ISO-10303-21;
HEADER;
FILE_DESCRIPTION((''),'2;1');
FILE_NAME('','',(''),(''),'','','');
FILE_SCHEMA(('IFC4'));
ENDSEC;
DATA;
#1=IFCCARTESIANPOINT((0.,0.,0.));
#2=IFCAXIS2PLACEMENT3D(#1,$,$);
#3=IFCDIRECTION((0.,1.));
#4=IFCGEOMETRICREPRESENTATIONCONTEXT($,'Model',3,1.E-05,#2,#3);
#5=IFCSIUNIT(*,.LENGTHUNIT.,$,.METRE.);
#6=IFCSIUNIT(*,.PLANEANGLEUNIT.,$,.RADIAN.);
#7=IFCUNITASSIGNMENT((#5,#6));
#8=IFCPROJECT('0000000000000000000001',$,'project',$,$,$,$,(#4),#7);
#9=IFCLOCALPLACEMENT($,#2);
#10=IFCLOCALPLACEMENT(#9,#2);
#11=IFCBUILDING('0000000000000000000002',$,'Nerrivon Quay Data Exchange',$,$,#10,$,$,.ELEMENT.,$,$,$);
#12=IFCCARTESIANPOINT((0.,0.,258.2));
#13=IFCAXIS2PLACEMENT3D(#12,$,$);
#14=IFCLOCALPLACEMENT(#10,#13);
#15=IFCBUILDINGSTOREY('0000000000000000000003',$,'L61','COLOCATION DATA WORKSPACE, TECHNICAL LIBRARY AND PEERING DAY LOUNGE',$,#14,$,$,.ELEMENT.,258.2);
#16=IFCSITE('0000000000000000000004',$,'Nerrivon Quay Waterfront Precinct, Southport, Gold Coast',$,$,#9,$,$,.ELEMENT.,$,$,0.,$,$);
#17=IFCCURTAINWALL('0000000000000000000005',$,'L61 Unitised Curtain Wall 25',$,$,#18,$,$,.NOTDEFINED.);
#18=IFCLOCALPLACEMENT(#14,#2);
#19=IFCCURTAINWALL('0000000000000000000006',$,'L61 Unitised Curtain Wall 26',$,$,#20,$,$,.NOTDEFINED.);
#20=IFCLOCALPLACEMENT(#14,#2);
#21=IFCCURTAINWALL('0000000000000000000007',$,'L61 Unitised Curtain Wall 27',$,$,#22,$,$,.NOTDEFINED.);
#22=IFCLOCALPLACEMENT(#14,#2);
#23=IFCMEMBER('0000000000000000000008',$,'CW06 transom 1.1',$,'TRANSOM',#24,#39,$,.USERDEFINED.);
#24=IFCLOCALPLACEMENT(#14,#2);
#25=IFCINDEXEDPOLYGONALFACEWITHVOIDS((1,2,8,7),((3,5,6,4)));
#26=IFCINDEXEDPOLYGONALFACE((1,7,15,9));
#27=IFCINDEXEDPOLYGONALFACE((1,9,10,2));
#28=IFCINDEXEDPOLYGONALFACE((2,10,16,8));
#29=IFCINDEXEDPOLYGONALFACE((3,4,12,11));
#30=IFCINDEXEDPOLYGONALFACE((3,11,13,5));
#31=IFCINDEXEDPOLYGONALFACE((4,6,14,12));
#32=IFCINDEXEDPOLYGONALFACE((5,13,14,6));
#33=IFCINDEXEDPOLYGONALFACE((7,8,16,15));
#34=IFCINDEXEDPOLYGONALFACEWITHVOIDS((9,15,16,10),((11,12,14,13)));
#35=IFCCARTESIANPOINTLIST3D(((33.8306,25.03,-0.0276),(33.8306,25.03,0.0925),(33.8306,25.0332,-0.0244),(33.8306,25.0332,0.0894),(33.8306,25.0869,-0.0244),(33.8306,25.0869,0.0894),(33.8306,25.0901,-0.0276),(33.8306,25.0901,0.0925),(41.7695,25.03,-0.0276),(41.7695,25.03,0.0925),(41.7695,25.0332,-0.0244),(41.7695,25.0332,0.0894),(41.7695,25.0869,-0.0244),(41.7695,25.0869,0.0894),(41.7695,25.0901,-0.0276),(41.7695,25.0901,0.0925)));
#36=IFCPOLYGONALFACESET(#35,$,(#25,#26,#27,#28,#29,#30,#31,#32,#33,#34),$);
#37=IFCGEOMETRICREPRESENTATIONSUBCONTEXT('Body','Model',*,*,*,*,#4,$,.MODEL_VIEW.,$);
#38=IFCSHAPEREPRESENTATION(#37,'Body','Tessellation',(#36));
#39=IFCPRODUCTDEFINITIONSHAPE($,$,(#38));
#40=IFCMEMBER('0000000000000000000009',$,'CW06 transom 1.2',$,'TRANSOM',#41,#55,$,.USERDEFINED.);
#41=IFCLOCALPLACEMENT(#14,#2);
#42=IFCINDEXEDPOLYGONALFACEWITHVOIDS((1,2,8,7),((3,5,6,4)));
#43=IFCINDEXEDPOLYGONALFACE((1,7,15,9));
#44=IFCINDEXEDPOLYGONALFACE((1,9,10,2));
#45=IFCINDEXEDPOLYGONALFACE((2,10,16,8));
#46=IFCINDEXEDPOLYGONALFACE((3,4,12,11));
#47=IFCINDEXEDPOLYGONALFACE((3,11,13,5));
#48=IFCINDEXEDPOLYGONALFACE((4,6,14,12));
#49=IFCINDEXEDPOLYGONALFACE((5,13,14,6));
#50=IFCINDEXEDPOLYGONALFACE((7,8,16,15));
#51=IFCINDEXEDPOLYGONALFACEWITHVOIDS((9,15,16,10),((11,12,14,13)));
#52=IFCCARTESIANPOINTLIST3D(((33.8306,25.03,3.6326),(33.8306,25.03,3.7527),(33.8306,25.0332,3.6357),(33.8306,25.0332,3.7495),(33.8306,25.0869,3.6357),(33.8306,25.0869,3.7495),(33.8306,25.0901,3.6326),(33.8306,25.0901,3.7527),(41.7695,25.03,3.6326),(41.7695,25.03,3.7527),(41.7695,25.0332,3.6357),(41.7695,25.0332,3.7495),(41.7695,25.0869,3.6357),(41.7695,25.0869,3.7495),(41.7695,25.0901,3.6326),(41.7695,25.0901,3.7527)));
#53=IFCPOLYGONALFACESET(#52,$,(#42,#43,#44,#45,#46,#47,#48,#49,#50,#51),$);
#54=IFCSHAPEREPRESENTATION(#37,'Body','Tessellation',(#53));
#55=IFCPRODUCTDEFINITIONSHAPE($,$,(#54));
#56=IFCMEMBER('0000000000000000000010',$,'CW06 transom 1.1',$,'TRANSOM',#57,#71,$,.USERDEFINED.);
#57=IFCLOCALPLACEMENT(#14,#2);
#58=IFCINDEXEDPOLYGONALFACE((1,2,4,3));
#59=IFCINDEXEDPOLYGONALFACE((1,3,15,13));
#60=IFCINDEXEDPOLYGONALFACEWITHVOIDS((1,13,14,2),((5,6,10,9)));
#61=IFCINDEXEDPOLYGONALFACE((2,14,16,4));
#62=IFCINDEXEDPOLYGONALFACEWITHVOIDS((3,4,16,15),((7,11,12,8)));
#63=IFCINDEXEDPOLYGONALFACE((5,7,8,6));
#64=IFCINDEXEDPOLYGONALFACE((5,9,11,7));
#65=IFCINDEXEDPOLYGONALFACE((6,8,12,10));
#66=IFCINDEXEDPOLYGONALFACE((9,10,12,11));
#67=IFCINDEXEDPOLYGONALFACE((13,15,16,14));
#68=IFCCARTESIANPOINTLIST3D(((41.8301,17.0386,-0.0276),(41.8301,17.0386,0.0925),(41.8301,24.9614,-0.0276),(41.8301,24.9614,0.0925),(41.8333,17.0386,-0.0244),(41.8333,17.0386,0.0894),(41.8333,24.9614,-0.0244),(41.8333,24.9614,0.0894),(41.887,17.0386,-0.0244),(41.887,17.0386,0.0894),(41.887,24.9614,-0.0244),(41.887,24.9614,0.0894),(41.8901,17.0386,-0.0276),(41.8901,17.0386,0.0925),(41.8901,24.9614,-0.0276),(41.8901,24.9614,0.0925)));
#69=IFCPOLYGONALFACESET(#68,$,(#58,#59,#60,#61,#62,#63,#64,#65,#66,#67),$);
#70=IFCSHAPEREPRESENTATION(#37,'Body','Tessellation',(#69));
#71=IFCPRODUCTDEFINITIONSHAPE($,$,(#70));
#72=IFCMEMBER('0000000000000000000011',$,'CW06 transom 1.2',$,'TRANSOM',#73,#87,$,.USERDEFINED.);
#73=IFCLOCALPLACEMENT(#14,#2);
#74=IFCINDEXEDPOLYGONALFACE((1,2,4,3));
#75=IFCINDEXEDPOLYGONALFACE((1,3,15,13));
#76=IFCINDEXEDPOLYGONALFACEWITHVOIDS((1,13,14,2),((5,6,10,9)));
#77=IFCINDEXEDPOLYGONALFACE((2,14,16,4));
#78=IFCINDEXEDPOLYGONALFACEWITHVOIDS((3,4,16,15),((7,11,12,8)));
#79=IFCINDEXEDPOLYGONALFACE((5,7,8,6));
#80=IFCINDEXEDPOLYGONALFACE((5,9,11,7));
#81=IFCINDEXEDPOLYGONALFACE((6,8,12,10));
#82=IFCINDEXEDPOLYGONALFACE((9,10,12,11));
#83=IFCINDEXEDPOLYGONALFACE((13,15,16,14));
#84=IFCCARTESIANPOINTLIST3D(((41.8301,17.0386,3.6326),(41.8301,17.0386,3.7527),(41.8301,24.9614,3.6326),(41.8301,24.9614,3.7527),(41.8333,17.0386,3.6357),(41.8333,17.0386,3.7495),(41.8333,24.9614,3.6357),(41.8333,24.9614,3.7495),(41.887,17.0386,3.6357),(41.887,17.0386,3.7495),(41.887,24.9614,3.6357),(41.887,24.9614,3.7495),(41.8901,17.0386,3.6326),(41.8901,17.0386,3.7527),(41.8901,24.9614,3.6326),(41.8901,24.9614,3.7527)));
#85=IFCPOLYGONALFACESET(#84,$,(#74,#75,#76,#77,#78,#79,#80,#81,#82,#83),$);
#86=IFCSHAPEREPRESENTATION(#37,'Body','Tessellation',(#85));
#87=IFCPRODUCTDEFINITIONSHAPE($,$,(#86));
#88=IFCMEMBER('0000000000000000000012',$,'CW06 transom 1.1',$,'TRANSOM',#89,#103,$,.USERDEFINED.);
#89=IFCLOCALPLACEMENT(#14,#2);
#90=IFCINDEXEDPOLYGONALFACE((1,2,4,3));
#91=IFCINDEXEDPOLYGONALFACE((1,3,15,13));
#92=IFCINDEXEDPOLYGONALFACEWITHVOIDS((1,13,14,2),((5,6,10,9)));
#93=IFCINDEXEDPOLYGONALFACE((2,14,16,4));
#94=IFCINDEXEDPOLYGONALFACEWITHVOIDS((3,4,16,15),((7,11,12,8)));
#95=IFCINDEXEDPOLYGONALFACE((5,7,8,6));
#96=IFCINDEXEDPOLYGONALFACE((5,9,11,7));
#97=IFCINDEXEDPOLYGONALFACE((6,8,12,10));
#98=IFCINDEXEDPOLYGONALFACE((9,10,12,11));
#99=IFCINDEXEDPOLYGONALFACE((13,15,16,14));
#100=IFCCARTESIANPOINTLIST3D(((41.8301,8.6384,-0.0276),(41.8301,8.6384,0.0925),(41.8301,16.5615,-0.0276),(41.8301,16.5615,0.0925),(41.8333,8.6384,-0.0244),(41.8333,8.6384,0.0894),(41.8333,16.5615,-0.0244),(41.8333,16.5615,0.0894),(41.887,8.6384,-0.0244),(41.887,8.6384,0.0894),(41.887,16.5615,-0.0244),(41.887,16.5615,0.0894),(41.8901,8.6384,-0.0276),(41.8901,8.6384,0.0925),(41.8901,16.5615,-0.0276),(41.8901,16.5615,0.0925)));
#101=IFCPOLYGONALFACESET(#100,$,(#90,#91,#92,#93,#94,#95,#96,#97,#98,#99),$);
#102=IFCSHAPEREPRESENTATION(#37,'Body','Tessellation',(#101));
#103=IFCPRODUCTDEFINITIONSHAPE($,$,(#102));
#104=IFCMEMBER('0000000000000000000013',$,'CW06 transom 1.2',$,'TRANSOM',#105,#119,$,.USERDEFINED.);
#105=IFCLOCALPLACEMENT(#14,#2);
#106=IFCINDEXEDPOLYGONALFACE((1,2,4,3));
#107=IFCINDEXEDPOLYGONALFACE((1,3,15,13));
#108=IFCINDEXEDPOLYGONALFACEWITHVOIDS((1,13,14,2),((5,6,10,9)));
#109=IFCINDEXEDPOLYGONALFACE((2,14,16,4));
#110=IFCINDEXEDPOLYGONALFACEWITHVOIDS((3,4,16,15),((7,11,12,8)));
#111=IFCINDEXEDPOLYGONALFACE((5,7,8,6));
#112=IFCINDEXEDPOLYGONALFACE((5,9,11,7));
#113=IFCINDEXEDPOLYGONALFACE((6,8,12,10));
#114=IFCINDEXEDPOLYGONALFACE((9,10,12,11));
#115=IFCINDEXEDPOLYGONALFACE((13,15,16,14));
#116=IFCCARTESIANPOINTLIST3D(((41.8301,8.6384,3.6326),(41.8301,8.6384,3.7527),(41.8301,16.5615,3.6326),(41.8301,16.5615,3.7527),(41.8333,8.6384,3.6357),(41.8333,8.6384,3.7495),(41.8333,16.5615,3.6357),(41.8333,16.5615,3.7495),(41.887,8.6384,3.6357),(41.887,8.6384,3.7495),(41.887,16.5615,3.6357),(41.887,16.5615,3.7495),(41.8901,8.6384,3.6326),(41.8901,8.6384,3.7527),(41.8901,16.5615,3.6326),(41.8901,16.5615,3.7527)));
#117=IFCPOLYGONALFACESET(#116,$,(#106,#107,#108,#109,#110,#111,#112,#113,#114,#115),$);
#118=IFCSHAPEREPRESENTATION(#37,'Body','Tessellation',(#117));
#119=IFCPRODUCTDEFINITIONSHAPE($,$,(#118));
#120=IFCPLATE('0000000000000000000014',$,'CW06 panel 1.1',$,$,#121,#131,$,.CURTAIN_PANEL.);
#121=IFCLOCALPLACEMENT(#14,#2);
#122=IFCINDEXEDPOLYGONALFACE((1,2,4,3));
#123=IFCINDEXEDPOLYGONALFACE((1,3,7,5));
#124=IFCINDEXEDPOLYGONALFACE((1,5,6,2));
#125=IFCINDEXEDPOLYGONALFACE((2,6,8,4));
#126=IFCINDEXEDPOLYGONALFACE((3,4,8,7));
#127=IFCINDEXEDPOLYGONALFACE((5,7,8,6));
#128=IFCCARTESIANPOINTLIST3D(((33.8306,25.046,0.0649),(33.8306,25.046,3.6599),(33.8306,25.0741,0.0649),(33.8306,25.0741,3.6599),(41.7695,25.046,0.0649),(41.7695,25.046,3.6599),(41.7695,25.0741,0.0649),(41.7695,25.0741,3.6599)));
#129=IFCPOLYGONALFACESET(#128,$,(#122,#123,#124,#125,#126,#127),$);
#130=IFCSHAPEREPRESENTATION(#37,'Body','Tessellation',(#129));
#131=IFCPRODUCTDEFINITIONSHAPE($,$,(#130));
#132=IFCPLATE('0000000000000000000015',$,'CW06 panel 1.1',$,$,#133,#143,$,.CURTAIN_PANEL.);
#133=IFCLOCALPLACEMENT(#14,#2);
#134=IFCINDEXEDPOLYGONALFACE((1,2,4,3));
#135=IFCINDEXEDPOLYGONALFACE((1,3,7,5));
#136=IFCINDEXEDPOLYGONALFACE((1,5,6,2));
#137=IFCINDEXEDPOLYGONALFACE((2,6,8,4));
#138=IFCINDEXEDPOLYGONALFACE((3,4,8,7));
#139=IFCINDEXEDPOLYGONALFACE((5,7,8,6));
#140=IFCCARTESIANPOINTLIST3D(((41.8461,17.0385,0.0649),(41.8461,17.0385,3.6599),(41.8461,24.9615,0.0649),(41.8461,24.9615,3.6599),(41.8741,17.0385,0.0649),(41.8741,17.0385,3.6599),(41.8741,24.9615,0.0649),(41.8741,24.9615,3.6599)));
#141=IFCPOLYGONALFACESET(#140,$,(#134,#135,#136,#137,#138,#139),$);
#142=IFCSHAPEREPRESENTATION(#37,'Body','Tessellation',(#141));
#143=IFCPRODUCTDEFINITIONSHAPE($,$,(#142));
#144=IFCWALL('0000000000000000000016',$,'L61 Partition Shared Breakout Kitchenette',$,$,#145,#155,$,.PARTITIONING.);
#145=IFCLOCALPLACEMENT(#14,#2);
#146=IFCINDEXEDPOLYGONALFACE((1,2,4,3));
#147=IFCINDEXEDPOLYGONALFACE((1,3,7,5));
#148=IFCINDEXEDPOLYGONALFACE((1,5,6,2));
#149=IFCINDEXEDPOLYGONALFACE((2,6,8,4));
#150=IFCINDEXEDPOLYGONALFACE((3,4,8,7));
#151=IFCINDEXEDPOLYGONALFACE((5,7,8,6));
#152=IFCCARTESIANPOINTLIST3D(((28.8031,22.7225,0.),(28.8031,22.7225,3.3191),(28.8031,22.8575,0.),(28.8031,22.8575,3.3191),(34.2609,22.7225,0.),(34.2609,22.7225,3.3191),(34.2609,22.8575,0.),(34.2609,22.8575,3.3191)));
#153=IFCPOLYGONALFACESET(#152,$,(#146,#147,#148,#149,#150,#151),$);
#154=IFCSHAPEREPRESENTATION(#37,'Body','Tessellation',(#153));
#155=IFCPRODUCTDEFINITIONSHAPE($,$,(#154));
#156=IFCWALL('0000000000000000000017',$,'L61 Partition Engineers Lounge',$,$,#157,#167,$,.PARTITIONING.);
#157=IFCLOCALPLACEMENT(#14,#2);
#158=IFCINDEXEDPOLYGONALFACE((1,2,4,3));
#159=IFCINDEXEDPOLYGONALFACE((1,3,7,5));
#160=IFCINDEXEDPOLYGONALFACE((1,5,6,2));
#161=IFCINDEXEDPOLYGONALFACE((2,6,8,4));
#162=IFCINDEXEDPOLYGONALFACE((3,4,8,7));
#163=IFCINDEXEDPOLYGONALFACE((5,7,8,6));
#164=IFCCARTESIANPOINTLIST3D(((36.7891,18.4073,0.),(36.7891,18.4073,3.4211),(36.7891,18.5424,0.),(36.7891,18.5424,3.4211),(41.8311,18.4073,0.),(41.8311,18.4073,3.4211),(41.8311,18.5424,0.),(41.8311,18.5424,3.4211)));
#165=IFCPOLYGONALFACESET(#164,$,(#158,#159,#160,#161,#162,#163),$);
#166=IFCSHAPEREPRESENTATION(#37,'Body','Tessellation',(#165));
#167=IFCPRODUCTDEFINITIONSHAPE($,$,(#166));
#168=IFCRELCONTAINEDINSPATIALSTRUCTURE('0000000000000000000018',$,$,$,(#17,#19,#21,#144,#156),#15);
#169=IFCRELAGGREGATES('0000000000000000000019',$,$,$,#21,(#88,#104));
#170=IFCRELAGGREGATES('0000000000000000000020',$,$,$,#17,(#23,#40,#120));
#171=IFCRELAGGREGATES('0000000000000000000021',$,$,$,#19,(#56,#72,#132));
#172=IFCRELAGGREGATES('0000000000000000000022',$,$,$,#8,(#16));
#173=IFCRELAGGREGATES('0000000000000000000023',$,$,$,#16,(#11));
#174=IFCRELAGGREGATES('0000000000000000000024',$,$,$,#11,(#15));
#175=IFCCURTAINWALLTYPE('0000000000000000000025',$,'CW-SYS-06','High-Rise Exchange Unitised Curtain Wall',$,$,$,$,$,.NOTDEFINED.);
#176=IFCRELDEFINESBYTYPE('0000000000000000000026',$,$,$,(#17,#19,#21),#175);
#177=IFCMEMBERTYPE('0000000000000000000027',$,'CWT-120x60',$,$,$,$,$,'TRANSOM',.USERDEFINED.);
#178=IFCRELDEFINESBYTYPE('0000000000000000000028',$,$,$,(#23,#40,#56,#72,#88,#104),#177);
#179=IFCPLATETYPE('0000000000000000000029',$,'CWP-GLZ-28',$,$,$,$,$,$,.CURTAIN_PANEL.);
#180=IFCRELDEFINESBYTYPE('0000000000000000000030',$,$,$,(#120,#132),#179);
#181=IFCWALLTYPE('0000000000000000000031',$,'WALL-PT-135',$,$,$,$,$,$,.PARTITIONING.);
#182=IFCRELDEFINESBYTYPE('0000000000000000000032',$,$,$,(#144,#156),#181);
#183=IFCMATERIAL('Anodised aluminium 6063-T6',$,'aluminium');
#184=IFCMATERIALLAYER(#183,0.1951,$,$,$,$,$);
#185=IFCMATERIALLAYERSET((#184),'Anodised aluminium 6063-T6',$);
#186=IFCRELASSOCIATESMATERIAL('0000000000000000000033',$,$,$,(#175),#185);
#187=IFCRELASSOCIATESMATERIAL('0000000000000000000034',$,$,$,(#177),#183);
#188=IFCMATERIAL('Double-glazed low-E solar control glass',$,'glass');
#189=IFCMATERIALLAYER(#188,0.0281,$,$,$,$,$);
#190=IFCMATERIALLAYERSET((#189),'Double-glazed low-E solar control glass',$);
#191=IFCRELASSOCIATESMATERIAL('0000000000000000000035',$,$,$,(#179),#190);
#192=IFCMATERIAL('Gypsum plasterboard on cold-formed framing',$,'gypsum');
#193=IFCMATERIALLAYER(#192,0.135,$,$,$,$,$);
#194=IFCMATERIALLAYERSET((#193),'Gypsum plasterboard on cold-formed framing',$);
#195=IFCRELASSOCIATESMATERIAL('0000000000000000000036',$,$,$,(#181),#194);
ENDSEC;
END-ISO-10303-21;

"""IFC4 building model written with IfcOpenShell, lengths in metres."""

from ifc_helpers import new_model, si_unit, direction, frame, frame_2d, origin, origin_2d, place, context, subcontext, project, spatial, rectangle, hollow_rectangle, extrude, material, layer, layer_set, material_profile, profile_set, type_object, element, aggregate, save


model = new_model("IFC4")

# Units and contexts
model_context = context("Model", 3, precision=1e-05, world=origin(), true_north=direction((0.0, 1.0)))
body_context = subcontext(model_context, "Body", "Model", "MODEL_VIEW")
ifc_project = project(units=[si_unit("LENGTHUNIT", "METRE"), si_unit("PLANEANGLEUNIT", "RADIAN")], contexts=[model_context])

# Site, building, storey
site_placement = place(None, origin())
site = spatial("IfcSite", under=ifc_project, at=site_placement, Name="Nerrivon Quay Waterfront Precinct, Southport, Gold Coast", CompositionType="ELEMENT", RefElevation=0.0)
building_placement = place(site_placement, origin())
building = spatial("IfcBuilding", under=site, at=building_placement, Name="Nerrivon Quay Data Exchange", CompositionType="ELEMENT")
storey_placement = place(building_placement, frame((0.0, 0.0, 258.2)))
storey = spatial("IfcBuildingStorey", under=building, at=storey_placement, Name="L61", Description="COLOCATION DATA WORKSPACE, TECHNICAL LIBRARY AND PEERING DAY LOUNGE", CompositionType="ELEMENT", Elevation=258.2)

# Curtain wall
ifc_material_1 = material(Name="Anodised aluminium 6063-T6", Category="aluminium")
ifc_layer_1 = layer(ifc_material_1, 0.1951)
ifc_layer_set_1 = layer_set([ifc_layer_1], Name="Anodised aluminium 6063-T6")
curtain_wall_type = type_object("IfcCurtainWallType", Name="CW-SYS-06", Description="High-Rise Exchange Unitised Curtain Wall", PredefinedType="NOTDEFINED", material=ifc_layer_set_1)
curtain_wall_1_placement = place(storey_placement, origin())
curtain_wall_1 = element("IfcCurtainWall", 1, at=curtain_wall_1_placement, inside=storey, type_object=curtain_wall_type, Name="L61 Unitised Curtain Wall 25", PredefinedType="NOTDEFINED")

# Curtain wall
curtain_wall_2_placement = place(storey_placement, origin())
curtain_wall_2 = element("IfcCurtainWall", 2, at=curtain_wall_2_placement, inside=storey, type_object=curtain_wall_type, Name="L61 Unitised Curtain Wall 26", PredefinedType="NOTDEFINED")

# Curtain wall
curtain_wall_3_placement = place(storey_placement, origin())
curtain_wall_3 = element("IfcCurtainWall", 3, at=curtain_wall_3_placement, inside=storey, type_object=curtain_wall_type, Name="L61 Unitised Curtain Wall 27", PredefinedType="NOTDEFINED")

# Members
ifc_material_profile_1 = material_profile(ifc_material_1, hollow_rectangle(XDim=0.0601, YDim=0.1201, WallThickness=0.0032, at=origin_2d()), Name="ALU-TRAN-120x60")
ifc_profile_set_1 = profile_set([ifc_material_profile_1], Name="Anodised aluminium 6063-T6")
member_type_1 = type_object("IfcMemberType", Name="CWT-120x60", ElementType="TRANSOM", PredefinedType="USERDEFINED", material=ifc_profile_set_1)
member_1_placement = place(storey_placement, frame((33.8306, 25.0601, 0.0325), z_axis=(1.0, 0.0, 0.0), x_axis=(0.0, 1.0, 0.0)))
member_1 = element("IfcMember", 4, at=member_1_placement, type_object=member_type_1, Name="CW06 transom 1.1", ObjectType="TRANSOM", PredefinedType="USERDEFINED", context=body_context, shape_type="SweptSolid", body=[
    extrude(hollow_rectangle(XDim=0.0601, YDim=0.1201, WallThickness=0.0032, at=origin_2d()), origin(), (0.0, 0.0, 1.0), 7.939),
])
member_2_placement = place(storey_placement, frame((33.8306, 25.0601, 3.6926), z_axis=(1.0, 0.0, 0.0), x_axis=(0.0, 1.0, 0.0)))
member_2 = element("IfcMember", 5, at=member_2_placement, type_object=member_type_1, Name="CW06 transom 1.2", ObjectType="TRANSOM", PredefinedType="USERDEFINED", context=body_context, shape_type="SweptSolid", body=[
    extrude(hollow_rectangle(XDim=0.0601, YDim=0.1201, WallThickness=0.0032, at=origin_2d()), origin(), (0.0, 0.0, 1.0), 7.939),
])
member_3_placement = place(storey_placement, frame((41.8601, 24.9614, 0.0325), z_axis=(0.0, -1.0, 0.0), x_axis=(1.0, 0.0, 0.0)))
member_3 = element("IfcMember", 6, at=member_3_placement, type_object=member_type_1, Name="CW06 transom 1.1", ObjectType="TRANSOM", PredefinedType="USERDEFINED", context=body_context, shape_type="SweptSolid", body=[
    extrude(hollow_rectangle(XDim=0.0601, YDim=0.1201, WallThickness=0.0032, at=origin_2d()), origin(), (0.0, 0.0, 1.0), 7.9229),
])
member_4_placement = place(storey_placement, frame((41.8601, 24.9614, 3.6926), z_axis=(0.0, -1.0, 0.0), x_axis=(1.0, 0.0, 0.0)))
member_4 = element("IfcMember", 7, at=member_4_placement, type_object=member_type_1, Name="CW06 transom 1.2", ObjectType="TRANSOM", PredefinedType="USERDEFINED", context=body_context, shape_type="SweptSolid", body=[
    extrude(hollow_rectangle(XDim=0.0601, YDim=0.1201, WallThickness=0.0032, at=origin_2d()), origin(), (0.0, 0.0, 1.0), 7.9229),
])
member_5_placement = place(storey_placement, frame((41.8601, 16.5615, 0.0325), z_axis=(0.0, -1.0, 0.0), x_axis=(1.0, 0.0, 0.0)))
member_5 = element("IfcMember", 8, at=member_5_placement, type_object=member_type_1, Name="CW06 transom 1.1", ObjectType="TRANSOM", PredefinedType="USERDEFINED", context=body_context, shape_type="SweptSolid", body=[
    extrude(hollow_rectangle(XDim=0.0601, YDim=0.1201, WallThickness=0.0032, at=origin_2d()), origin(), (0.0, 0.0, 1.0), 7.9231),
])
member_6_placement = place(storey_placement, frame((41.8601, 16.5615, 3.6926), z_axis=(0.0, -1.0, 0.0), x_axis=(1.0, 0.0, 0.0)))
member_6 = element("IfcMember", 9, at=member_6_placement, type_object=member_type_1, Name="CW06 transom 1.2", ObjectType="TRANSOM", PredefinedType="USERDEFINED", context=body_context, shape_type="SweptSolid", body=[
    extrude(hollow_rectangle(XDim=0.0601, YDim=0.1201, WallThickness=0.0032, at=origin_2d()), origin(), (0.0, 0.0, 1.0), 7.9231),
])
aggregate(curtain_wall_3, [member_5, member_6])

# Plates
ifc_material_2 = material(Name="Double-glazed low-E solar control glass", Category="glass")
ifc_layer_2 = layer(ifc_material_2, 0.0281)
ifc_layer_set_2 = layer_set([ifc_layer_2], Name="Double-glazed low-E solar control glass")
plate_type = type_object("IfcPlateType", Name="CWP-GLZ-28", PredefinedType="CURTAIN_PANEL", material=ifc_layer_set_2)
plate_1_placement = place(storey_placement, frame((37.8, 25.0601, 0.0649), z_axis=(0.0, 0.0, 1.0), x_axis=(1.0, 0.0, 0.0)))
plate_1 = element("IfcPlate", 10, at=plate_1_placement, type_object=plate_type, Name="CW06 panel 1.1", PredefinedType="CURTAIN_PANEL", context=body_context, shape_type="SweptSolid", body=[
    extrude(rectangle(XDim=7.939, YDim=0.0281, at=origin_2d()), origin(), (0.0, 0.0, 1.0), 3.595),
])
aggregate(curtain_wall_1, [member_1, member_2, plate_1])
plate_2_placement = place(storey_placement, frame((41.8601, 21.0, 0.0649), z_axis=(0.0, 0.0, 1.0), x_axis=(0.0, -1.0, 0.0)))
plate_2 = element("IfcPlate", 11, at=plate_2_placement, type_object=plate_type, Name="CW06 panel 1.1", PredefinedType="CURTAIN_PANEL", context=body_context, shape_type="SweptSolid", body=[
    extrude(rectangle(XDim=7.9231, YDim=0.0281, at=origin_2d()), origin(), (0.0, 0.0, 1.0), 3.595),
])
aggregate(curtain_wall_2, [member_3, member_4, plate_2])

# Walls
ifc_material_3 = material(Name="Gypsum plasterboard on cold-formed framing", Category="gypsum")
ifc_layer_3 = layer(ifc_material_3, 0.135)
ifc_layer_set_3 = layer_set([ifc_layer_3], Name="Gypsum plasterboard on cold-formed framing")
wall_type_1 = type_object("IfcWallType", Name="WALL-PT-135", PredefinedType="PARTITIONING", material=ifc_layer_set_3)
wall_1_placement = place(storey_placement, frame((34.261, 22.79, 0.0), z_axis=(0.0, 0.0, 1.0), x_axis=(-1.0, 0.0, 0.0)))
element("IfcWall", 12, at=wall_1_placement, inside=storey, type_object=wall_type_1, Name="L61 Partition Shared Breakout Kitchenette", PredefinedType="PARTITIONING", context=body_context, shape_type="SweptSolid", body=[
    extrude(rectangle(XDim=5.4578, YDim=0.135, at=frame_2d((2.729, 0.0))), origin(), (0.0, 0.0, 1.0), 3.3191),
])
wall_2_placement = place(storey_placement, frame((36.7891, 18.4749, 0.0), z_axis=(0.0, 0.0, 1.0), x_axis=(1.0, 0.0, 0.0)))
element("IfcWall", 13, at=wall_2_placement, inside=storey, type_object=wall_type_1, Name="L61 Partition Engineers Lounge", PredefinedType="PARTITIONING", context=body_context, shape_type="SweptSolid", body=[
    extrude(rectangle(XDim=5.042, YDim=0.135, at=frame_2d((2.521, 0.0))), origin(), (0.0, 0.0, 1.0), 3.4211),
])

save(model, "model.ifc")
